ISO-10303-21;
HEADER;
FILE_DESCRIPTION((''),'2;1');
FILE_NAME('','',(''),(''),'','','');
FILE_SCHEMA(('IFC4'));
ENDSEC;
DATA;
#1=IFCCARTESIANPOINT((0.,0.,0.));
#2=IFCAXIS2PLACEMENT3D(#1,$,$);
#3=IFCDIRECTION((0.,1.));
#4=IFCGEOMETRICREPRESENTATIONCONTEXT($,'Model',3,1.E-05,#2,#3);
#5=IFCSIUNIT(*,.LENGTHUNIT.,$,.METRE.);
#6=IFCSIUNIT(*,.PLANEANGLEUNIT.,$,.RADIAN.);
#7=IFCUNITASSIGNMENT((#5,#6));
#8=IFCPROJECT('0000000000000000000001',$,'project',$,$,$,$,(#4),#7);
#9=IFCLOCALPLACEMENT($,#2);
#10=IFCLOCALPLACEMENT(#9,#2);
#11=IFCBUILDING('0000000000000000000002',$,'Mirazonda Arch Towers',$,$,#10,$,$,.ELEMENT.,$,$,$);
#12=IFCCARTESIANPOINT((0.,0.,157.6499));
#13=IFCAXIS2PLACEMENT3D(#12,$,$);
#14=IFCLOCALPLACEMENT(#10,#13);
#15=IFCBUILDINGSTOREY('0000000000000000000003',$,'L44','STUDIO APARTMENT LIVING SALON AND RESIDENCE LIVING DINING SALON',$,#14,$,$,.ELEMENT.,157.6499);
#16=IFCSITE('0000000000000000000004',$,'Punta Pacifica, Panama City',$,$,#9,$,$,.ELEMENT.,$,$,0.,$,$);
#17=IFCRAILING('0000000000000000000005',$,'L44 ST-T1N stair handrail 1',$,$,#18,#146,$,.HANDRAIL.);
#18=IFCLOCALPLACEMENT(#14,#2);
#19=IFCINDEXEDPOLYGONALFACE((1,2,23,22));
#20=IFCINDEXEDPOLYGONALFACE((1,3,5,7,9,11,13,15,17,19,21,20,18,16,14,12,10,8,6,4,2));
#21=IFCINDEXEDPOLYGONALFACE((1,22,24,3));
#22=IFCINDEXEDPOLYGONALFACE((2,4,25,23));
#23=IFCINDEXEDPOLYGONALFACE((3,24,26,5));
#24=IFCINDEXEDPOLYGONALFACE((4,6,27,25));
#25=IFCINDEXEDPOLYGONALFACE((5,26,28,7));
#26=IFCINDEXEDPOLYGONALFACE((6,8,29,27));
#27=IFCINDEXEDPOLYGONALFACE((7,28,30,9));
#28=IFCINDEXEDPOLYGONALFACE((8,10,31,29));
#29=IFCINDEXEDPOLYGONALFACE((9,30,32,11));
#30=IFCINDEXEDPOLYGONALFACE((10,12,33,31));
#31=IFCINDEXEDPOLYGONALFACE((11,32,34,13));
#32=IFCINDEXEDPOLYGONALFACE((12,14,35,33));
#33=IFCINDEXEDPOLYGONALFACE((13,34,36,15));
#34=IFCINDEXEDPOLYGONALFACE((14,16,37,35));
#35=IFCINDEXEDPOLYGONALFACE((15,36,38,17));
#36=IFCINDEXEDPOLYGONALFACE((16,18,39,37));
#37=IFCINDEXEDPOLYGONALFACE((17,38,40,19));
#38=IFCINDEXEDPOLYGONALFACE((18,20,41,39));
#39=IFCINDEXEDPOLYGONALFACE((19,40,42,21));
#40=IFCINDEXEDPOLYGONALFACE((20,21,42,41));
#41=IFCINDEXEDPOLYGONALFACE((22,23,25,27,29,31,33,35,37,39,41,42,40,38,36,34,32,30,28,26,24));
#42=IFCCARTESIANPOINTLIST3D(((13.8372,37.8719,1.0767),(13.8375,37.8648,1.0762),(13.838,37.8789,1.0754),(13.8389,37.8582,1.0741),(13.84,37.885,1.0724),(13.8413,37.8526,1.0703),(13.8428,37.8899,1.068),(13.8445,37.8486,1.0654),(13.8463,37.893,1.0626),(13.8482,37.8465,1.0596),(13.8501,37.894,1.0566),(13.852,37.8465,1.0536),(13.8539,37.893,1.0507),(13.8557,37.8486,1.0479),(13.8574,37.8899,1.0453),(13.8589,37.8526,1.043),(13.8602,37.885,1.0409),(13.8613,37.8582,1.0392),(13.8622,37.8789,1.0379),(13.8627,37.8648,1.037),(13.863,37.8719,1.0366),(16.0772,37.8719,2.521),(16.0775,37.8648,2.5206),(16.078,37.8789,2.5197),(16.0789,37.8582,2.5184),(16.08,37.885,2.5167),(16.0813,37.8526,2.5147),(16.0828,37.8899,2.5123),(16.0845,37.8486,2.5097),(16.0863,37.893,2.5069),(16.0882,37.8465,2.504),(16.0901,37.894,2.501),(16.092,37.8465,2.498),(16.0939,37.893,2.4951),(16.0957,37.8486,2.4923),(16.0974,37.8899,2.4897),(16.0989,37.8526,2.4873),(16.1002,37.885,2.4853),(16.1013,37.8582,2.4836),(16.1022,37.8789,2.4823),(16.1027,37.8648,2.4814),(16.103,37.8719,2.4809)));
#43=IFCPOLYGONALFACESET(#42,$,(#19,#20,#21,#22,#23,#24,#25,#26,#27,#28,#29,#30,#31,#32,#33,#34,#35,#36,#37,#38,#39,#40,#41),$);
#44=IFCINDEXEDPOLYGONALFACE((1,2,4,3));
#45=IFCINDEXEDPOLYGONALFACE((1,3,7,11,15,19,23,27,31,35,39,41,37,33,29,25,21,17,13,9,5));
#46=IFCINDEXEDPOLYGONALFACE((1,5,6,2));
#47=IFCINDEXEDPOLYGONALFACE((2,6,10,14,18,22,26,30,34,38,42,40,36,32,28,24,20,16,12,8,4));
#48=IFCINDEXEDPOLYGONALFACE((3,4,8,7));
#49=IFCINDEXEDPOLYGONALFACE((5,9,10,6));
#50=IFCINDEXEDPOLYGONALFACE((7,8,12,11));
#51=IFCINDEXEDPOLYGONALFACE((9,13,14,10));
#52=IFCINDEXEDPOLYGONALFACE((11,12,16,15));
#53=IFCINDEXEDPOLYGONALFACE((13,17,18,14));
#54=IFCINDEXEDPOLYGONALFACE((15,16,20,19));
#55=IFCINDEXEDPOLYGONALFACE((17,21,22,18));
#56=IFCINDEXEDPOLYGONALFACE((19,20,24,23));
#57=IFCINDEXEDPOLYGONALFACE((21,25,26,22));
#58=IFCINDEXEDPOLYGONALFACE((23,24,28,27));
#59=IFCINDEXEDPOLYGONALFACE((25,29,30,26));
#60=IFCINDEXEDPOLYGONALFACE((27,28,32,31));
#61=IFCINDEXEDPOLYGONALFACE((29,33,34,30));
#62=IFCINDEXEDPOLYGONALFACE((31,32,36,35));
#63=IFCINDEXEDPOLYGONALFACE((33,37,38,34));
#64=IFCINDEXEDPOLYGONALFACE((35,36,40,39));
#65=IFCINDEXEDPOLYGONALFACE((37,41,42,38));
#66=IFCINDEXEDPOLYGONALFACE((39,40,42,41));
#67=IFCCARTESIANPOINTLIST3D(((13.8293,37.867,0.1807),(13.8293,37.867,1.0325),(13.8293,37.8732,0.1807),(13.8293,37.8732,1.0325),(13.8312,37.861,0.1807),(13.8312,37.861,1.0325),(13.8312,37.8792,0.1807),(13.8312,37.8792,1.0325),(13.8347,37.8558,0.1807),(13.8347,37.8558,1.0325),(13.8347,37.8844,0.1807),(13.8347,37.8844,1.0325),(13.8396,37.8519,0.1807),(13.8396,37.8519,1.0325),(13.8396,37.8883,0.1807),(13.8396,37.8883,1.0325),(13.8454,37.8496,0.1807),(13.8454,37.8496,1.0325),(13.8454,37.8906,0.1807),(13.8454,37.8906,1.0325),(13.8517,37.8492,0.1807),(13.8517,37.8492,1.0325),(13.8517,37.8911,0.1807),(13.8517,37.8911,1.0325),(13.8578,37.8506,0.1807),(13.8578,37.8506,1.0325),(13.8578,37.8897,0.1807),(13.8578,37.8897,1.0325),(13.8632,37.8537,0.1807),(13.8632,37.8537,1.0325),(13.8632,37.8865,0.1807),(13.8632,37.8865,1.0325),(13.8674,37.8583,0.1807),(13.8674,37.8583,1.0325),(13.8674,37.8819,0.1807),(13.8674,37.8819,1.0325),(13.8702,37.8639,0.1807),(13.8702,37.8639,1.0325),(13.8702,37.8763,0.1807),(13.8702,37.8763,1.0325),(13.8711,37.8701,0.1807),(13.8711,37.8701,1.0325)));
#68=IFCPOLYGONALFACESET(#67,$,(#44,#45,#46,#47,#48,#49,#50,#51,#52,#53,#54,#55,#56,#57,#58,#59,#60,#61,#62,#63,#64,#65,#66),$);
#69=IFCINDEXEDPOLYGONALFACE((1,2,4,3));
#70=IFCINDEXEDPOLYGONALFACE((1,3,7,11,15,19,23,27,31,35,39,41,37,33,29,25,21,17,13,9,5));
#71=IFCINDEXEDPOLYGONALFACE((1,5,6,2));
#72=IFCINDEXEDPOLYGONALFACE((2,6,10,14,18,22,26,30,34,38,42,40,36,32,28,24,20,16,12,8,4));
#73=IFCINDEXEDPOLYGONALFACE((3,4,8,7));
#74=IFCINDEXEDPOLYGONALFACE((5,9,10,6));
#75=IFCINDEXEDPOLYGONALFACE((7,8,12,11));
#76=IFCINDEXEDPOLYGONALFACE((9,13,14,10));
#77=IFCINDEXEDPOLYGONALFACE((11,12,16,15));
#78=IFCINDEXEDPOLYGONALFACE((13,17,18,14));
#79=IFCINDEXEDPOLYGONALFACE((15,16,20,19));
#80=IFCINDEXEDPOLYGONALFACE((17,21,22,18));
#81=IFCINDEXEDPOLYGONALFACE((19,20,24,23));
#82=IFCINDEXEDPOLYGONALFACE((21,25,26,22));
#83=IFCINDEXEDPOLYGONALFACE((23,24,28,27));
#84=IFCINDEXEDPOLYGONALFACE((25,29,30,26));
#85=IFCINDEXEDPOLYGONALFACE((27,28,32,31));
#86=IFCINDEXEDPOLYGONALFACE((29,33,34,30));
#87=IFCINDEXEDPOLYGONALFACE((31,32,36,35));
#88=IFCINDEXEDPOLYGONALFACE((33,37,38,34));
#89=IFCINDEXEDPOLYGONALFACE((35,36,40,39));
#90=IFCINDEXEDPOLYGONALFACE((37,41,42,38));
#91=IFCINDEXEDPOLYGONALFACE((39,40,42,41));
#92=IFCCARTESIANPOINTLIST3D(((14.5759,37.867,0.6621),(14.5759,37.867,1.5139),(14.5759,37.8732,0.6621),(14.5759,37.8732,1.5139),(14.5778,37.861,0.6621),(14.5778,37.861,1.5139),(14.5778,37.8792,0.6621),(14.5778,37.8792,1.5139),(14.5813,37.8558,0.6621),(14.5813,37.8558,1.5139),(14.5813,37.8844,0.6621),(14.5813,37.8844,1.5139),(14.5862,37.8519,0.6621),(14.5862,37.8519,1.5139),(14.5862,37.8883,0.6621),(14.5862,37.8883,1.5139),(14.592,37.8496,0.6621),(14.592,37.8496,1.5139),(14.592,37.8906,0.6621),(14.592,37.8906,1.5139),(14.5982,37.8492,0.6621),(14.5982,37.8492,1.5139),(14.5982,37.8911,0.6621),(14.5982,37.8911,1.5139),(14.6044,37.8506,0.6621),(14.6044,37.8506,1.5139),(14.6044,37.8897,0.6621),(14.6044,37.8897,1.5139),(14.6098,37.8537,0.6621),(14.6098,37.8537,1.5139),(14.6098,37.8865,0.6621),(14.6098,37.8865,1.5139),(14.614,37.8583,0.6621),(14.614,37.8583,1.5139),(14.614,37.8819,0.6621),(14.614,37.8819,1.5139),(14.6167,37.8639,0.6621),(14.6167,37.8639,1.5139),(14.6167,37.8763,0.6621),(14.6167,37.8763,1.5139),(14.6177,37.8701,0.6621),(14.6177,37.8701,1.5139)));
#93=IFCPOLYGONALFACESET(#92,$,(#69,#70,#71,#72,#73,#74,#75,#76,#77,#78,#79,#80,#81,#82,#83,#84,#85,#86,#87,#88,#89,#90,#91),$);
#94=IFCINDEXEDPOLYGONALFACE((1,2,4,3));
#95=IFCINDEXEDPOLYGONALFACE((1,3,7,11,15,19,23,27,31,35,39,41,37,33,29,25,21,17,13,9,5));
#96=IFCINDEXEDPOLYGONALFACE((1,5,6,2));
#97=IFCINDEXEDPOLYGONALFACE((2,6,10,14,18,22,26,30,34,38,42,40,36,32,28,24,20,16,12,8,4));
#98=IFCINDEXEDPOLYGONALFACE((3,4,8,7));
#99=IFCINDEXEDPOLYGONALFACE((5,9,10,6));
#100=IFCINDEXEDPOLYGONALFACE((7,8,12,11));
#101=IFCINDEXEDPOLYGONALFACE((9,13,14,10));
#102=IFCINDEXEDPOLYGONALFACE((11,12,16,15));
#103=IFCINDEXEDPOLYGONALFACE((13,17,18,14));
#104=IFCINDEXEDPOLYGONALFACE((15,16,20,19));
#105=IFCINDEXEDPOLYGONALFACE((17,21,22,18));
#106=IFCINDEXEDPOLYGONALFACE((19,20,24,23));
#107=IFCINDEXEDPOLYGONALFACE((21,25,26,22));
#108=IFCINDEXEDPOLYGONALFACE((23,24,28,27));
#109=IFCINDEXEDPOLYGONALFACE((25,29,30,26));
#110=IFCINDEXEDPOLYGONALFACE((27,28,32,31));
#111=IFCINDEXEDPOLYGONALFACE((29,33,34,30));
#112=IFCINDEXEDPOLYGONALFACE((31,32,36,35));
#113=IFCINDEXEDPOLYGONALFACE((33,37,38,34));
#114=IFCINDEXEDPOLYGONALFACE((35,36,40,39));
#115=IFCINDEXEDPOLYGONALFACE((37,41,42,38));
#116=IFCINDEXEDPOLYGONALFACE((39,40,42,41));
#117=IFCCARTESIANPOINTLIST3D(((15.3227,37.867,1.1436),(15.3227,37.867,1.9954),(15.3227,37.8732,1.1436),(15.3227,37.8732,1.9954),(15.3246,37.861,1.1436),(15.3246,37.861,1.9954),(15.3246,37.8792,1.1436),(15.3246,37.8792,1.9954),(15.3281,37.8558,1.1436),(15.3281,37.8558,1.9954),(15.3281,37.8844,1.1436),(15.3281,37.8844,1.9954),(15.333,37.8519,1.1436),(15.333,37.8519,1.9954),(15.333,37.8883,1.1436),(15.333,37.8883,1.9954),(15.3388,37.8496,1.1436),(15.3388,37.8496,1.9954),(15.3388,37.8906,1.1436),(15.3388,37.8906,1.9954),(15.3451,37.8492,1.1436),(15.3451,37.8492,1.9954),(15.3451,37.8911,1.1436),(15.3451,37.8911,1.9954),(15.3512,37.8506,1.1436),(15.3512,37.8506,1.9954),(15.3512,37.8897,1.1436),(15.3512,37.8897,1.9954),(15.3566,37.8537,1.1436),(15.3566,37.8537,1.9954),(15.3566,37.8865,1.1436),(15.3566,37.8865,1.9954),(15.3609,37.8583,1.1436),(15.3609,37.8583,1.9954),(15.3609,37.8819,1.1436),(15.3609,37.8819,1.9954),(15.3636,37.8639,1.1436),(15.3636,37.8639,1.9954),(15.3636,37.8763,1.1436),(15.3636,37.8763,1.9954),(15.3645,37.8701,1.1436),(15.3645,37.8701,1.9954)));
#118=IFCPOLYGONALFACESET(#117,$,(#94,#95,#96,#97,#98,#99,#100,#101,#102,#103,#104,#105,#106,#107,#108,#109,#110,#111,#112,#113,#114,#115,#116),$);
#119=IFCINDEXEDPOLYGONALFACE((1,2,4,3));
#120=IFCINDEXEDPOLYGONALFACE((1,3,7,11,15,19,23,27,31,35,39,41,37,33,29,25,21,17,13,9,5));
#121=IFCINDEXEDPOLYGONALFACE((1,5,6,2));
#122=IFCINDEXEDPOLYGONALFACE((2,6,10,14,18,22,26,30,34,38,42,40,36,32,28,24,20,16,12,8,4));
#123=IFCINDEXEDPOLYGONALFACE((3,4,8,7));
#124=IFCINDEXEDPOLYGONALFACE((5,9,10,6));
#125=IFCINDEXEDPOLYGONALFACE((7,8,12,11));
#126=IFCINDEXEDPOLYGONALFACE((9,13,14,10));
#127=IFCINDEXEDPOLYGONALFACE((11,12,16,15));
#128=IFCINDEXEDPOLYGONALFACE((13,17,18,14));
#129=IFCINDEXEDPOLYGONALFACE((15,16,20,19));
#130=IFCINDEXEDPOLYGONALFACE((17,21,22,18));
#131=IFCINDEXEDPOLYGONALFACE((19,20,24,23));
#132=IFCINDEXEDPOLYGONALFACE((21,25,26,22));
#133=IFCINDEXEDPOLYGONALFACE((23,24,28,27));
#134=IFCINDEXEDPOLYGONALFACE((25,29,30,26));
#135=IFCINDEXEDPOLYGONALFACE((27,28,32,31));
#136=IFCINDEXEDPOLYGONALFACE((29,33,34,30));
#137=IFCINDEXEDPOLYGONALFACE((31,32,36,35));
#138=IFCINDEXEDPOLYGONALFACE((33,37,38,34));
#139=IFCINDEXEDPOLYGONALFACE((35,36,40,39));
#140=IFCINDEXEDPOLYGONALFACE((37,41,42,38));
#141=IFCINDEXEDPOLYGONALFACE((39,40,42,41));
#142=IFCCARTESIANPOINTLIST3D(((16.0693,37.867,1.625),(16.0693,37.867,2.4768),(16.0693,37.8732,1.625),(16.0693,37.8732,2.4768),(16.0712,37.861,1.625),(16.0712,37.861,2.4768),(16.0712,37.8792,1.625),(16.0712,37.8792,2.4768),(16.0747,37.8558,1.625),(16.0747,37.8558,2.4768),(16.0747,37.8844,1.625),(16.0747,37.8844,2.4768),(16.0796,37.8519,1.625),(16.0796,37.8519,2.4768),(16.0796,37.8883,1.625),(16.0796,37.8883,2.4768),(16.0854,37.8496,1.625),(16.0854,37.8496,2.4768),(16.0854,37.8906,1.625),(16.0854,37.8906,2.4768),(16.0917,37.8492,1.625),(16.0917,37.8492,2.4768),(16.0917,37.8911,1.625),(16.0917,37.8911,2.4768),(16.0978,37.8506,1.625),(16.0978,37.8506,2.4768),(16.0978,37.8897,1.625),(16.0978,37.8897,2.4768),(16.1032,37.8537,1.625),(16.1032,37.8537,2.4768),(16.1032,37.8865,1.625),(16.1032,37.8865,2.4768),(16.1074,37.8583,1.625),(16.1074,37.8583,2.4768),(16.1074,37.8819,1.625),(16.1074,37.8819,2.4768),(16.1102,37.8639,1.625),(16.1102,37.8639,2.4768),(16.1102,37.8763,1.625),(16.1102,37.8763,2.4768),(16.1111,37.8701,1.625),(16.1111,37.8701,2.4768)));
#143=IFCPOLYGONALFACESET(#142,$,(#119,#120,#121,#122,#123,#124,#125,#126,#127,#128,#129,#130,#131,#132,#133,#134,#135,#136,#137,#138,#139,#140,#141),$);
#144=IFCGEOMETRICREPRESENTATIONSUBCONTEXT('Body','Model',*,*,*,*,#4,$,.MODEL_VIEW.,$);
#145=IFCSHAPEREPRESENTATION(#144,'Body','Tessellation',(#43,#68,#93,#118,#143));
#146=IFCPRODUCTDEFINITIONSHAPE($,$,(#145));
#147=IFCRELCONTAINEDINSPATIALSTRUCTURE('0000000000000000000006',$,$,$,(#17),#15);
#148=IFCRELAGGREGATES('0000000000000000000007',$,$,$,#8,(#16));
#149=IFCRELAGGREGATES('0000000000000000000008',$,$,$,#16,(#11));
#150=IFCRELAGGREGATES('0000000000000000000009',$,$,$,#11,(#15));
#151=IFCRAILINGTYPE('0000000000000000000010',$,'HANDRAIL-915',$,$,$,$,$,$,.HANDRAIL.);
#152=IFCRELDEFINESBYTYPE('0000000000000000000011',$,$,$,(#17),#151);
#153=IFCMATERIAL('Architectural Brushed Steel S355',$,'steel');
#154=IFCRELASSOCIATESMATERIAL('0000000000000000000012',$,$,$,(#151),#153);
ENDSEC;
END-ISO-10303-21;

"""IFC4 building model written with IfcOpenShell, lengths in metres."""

from ifc_helpers import new_model, si_unit, direction, frame, origin, origin_2d, place, context, subcontext, project, spatial, circle, extrude, material, type_object, element, save


model = new_model("IFC4")

# Units and contexts
model_context = context("Model", 3, precision=1e-05, world=origin(), true_north=direction((0.0, 1.0)))
body_context = subcontext(model_context, "Body", "Model", "MODEL_VIEW")
ifc_project = project(units=[si_unit("LENGTHUNIT", "METRE"), si_unit("PLANEANGLEUNIT", "RADIAN")], contexts=[model_context])

# Site, building, storey
site_placement = place(None, origin())
site = spatial("IfcSite", under=ifc_project, at=site_placement, Name="Punta Pacifica, Panama City", CompositionType="ELEMENT", RefElevation=0.0)
building_placement = place(site_placement, origin())
building = spatial("IfcBuilding", under=site, at=building_placement, Name="Mirazonda Arch Towers", CompositionType="ELEMENT")
storey_placement = place(building_placement, frame((0.0, 0.0, 157.6499)))
storey = spatial("IfcBuildingStorey", under=building, at=storey_placement, Name="L44", Description="STUDIO APARTMENT LIVING SALON AND RESIDENCE LIVING DINING SALON", CompositionType="ELEMENT", Elevation=157.6499)

# Shared definitions
ifc_material_1 = material(Name="Architectural Brushed Steel S355", Category="steel")

# Railing
railing_type_1 = type_object("IfcRailingType", Name="HANDRAIL-915", PredefinedType="HANDRAIL", material=ifc_material_1)
railing_1_placement = place(storey_placement, frame((13.8501, 37.8701, 0.1807)))
element("IfcRailing", 1, at=railing_1_placement, inside=storey, type_object=railing_type_1, Name="L44 ST-T1N stair handrail 1", PredefinedType="HANDRAIL", context=body_context, shape_type="SweptSolid", body=[
    extrude(circle(Radius=0.0239, at=origin_2d()), frame((0.0, 0.0, 0.876), z_axis=(0.840437, 0.0, 0.54191), x_axis=(0.0, 1.0, 0.0)), (0.0, 0.0, 1.0), 2.6653),
    extrude(circle(Radius=0.021, at=origin_2d()), origin(), (0.0, 0.0, 1.0), 0.8518),
    extrude(circle(Radius=0.021, at=origin_2d()), frame((0.7466, 0.0, 0.4814)), (0.0, 0.0, 1.0), 0.8518),
    extrude(circle(Radius=0.021, at=origin_2d()), frame((1.4934, 0.0, 0.9629)), (0.0, 0.0, 1.0), 0.8518),
    extrude(circle(Radius=0.021, at=origin_2d()), frame((2.24, 0.0, 1.4443)), (0.0, 0.0, 1.0), 0.8518),
])

save(model, "model.ifc")
